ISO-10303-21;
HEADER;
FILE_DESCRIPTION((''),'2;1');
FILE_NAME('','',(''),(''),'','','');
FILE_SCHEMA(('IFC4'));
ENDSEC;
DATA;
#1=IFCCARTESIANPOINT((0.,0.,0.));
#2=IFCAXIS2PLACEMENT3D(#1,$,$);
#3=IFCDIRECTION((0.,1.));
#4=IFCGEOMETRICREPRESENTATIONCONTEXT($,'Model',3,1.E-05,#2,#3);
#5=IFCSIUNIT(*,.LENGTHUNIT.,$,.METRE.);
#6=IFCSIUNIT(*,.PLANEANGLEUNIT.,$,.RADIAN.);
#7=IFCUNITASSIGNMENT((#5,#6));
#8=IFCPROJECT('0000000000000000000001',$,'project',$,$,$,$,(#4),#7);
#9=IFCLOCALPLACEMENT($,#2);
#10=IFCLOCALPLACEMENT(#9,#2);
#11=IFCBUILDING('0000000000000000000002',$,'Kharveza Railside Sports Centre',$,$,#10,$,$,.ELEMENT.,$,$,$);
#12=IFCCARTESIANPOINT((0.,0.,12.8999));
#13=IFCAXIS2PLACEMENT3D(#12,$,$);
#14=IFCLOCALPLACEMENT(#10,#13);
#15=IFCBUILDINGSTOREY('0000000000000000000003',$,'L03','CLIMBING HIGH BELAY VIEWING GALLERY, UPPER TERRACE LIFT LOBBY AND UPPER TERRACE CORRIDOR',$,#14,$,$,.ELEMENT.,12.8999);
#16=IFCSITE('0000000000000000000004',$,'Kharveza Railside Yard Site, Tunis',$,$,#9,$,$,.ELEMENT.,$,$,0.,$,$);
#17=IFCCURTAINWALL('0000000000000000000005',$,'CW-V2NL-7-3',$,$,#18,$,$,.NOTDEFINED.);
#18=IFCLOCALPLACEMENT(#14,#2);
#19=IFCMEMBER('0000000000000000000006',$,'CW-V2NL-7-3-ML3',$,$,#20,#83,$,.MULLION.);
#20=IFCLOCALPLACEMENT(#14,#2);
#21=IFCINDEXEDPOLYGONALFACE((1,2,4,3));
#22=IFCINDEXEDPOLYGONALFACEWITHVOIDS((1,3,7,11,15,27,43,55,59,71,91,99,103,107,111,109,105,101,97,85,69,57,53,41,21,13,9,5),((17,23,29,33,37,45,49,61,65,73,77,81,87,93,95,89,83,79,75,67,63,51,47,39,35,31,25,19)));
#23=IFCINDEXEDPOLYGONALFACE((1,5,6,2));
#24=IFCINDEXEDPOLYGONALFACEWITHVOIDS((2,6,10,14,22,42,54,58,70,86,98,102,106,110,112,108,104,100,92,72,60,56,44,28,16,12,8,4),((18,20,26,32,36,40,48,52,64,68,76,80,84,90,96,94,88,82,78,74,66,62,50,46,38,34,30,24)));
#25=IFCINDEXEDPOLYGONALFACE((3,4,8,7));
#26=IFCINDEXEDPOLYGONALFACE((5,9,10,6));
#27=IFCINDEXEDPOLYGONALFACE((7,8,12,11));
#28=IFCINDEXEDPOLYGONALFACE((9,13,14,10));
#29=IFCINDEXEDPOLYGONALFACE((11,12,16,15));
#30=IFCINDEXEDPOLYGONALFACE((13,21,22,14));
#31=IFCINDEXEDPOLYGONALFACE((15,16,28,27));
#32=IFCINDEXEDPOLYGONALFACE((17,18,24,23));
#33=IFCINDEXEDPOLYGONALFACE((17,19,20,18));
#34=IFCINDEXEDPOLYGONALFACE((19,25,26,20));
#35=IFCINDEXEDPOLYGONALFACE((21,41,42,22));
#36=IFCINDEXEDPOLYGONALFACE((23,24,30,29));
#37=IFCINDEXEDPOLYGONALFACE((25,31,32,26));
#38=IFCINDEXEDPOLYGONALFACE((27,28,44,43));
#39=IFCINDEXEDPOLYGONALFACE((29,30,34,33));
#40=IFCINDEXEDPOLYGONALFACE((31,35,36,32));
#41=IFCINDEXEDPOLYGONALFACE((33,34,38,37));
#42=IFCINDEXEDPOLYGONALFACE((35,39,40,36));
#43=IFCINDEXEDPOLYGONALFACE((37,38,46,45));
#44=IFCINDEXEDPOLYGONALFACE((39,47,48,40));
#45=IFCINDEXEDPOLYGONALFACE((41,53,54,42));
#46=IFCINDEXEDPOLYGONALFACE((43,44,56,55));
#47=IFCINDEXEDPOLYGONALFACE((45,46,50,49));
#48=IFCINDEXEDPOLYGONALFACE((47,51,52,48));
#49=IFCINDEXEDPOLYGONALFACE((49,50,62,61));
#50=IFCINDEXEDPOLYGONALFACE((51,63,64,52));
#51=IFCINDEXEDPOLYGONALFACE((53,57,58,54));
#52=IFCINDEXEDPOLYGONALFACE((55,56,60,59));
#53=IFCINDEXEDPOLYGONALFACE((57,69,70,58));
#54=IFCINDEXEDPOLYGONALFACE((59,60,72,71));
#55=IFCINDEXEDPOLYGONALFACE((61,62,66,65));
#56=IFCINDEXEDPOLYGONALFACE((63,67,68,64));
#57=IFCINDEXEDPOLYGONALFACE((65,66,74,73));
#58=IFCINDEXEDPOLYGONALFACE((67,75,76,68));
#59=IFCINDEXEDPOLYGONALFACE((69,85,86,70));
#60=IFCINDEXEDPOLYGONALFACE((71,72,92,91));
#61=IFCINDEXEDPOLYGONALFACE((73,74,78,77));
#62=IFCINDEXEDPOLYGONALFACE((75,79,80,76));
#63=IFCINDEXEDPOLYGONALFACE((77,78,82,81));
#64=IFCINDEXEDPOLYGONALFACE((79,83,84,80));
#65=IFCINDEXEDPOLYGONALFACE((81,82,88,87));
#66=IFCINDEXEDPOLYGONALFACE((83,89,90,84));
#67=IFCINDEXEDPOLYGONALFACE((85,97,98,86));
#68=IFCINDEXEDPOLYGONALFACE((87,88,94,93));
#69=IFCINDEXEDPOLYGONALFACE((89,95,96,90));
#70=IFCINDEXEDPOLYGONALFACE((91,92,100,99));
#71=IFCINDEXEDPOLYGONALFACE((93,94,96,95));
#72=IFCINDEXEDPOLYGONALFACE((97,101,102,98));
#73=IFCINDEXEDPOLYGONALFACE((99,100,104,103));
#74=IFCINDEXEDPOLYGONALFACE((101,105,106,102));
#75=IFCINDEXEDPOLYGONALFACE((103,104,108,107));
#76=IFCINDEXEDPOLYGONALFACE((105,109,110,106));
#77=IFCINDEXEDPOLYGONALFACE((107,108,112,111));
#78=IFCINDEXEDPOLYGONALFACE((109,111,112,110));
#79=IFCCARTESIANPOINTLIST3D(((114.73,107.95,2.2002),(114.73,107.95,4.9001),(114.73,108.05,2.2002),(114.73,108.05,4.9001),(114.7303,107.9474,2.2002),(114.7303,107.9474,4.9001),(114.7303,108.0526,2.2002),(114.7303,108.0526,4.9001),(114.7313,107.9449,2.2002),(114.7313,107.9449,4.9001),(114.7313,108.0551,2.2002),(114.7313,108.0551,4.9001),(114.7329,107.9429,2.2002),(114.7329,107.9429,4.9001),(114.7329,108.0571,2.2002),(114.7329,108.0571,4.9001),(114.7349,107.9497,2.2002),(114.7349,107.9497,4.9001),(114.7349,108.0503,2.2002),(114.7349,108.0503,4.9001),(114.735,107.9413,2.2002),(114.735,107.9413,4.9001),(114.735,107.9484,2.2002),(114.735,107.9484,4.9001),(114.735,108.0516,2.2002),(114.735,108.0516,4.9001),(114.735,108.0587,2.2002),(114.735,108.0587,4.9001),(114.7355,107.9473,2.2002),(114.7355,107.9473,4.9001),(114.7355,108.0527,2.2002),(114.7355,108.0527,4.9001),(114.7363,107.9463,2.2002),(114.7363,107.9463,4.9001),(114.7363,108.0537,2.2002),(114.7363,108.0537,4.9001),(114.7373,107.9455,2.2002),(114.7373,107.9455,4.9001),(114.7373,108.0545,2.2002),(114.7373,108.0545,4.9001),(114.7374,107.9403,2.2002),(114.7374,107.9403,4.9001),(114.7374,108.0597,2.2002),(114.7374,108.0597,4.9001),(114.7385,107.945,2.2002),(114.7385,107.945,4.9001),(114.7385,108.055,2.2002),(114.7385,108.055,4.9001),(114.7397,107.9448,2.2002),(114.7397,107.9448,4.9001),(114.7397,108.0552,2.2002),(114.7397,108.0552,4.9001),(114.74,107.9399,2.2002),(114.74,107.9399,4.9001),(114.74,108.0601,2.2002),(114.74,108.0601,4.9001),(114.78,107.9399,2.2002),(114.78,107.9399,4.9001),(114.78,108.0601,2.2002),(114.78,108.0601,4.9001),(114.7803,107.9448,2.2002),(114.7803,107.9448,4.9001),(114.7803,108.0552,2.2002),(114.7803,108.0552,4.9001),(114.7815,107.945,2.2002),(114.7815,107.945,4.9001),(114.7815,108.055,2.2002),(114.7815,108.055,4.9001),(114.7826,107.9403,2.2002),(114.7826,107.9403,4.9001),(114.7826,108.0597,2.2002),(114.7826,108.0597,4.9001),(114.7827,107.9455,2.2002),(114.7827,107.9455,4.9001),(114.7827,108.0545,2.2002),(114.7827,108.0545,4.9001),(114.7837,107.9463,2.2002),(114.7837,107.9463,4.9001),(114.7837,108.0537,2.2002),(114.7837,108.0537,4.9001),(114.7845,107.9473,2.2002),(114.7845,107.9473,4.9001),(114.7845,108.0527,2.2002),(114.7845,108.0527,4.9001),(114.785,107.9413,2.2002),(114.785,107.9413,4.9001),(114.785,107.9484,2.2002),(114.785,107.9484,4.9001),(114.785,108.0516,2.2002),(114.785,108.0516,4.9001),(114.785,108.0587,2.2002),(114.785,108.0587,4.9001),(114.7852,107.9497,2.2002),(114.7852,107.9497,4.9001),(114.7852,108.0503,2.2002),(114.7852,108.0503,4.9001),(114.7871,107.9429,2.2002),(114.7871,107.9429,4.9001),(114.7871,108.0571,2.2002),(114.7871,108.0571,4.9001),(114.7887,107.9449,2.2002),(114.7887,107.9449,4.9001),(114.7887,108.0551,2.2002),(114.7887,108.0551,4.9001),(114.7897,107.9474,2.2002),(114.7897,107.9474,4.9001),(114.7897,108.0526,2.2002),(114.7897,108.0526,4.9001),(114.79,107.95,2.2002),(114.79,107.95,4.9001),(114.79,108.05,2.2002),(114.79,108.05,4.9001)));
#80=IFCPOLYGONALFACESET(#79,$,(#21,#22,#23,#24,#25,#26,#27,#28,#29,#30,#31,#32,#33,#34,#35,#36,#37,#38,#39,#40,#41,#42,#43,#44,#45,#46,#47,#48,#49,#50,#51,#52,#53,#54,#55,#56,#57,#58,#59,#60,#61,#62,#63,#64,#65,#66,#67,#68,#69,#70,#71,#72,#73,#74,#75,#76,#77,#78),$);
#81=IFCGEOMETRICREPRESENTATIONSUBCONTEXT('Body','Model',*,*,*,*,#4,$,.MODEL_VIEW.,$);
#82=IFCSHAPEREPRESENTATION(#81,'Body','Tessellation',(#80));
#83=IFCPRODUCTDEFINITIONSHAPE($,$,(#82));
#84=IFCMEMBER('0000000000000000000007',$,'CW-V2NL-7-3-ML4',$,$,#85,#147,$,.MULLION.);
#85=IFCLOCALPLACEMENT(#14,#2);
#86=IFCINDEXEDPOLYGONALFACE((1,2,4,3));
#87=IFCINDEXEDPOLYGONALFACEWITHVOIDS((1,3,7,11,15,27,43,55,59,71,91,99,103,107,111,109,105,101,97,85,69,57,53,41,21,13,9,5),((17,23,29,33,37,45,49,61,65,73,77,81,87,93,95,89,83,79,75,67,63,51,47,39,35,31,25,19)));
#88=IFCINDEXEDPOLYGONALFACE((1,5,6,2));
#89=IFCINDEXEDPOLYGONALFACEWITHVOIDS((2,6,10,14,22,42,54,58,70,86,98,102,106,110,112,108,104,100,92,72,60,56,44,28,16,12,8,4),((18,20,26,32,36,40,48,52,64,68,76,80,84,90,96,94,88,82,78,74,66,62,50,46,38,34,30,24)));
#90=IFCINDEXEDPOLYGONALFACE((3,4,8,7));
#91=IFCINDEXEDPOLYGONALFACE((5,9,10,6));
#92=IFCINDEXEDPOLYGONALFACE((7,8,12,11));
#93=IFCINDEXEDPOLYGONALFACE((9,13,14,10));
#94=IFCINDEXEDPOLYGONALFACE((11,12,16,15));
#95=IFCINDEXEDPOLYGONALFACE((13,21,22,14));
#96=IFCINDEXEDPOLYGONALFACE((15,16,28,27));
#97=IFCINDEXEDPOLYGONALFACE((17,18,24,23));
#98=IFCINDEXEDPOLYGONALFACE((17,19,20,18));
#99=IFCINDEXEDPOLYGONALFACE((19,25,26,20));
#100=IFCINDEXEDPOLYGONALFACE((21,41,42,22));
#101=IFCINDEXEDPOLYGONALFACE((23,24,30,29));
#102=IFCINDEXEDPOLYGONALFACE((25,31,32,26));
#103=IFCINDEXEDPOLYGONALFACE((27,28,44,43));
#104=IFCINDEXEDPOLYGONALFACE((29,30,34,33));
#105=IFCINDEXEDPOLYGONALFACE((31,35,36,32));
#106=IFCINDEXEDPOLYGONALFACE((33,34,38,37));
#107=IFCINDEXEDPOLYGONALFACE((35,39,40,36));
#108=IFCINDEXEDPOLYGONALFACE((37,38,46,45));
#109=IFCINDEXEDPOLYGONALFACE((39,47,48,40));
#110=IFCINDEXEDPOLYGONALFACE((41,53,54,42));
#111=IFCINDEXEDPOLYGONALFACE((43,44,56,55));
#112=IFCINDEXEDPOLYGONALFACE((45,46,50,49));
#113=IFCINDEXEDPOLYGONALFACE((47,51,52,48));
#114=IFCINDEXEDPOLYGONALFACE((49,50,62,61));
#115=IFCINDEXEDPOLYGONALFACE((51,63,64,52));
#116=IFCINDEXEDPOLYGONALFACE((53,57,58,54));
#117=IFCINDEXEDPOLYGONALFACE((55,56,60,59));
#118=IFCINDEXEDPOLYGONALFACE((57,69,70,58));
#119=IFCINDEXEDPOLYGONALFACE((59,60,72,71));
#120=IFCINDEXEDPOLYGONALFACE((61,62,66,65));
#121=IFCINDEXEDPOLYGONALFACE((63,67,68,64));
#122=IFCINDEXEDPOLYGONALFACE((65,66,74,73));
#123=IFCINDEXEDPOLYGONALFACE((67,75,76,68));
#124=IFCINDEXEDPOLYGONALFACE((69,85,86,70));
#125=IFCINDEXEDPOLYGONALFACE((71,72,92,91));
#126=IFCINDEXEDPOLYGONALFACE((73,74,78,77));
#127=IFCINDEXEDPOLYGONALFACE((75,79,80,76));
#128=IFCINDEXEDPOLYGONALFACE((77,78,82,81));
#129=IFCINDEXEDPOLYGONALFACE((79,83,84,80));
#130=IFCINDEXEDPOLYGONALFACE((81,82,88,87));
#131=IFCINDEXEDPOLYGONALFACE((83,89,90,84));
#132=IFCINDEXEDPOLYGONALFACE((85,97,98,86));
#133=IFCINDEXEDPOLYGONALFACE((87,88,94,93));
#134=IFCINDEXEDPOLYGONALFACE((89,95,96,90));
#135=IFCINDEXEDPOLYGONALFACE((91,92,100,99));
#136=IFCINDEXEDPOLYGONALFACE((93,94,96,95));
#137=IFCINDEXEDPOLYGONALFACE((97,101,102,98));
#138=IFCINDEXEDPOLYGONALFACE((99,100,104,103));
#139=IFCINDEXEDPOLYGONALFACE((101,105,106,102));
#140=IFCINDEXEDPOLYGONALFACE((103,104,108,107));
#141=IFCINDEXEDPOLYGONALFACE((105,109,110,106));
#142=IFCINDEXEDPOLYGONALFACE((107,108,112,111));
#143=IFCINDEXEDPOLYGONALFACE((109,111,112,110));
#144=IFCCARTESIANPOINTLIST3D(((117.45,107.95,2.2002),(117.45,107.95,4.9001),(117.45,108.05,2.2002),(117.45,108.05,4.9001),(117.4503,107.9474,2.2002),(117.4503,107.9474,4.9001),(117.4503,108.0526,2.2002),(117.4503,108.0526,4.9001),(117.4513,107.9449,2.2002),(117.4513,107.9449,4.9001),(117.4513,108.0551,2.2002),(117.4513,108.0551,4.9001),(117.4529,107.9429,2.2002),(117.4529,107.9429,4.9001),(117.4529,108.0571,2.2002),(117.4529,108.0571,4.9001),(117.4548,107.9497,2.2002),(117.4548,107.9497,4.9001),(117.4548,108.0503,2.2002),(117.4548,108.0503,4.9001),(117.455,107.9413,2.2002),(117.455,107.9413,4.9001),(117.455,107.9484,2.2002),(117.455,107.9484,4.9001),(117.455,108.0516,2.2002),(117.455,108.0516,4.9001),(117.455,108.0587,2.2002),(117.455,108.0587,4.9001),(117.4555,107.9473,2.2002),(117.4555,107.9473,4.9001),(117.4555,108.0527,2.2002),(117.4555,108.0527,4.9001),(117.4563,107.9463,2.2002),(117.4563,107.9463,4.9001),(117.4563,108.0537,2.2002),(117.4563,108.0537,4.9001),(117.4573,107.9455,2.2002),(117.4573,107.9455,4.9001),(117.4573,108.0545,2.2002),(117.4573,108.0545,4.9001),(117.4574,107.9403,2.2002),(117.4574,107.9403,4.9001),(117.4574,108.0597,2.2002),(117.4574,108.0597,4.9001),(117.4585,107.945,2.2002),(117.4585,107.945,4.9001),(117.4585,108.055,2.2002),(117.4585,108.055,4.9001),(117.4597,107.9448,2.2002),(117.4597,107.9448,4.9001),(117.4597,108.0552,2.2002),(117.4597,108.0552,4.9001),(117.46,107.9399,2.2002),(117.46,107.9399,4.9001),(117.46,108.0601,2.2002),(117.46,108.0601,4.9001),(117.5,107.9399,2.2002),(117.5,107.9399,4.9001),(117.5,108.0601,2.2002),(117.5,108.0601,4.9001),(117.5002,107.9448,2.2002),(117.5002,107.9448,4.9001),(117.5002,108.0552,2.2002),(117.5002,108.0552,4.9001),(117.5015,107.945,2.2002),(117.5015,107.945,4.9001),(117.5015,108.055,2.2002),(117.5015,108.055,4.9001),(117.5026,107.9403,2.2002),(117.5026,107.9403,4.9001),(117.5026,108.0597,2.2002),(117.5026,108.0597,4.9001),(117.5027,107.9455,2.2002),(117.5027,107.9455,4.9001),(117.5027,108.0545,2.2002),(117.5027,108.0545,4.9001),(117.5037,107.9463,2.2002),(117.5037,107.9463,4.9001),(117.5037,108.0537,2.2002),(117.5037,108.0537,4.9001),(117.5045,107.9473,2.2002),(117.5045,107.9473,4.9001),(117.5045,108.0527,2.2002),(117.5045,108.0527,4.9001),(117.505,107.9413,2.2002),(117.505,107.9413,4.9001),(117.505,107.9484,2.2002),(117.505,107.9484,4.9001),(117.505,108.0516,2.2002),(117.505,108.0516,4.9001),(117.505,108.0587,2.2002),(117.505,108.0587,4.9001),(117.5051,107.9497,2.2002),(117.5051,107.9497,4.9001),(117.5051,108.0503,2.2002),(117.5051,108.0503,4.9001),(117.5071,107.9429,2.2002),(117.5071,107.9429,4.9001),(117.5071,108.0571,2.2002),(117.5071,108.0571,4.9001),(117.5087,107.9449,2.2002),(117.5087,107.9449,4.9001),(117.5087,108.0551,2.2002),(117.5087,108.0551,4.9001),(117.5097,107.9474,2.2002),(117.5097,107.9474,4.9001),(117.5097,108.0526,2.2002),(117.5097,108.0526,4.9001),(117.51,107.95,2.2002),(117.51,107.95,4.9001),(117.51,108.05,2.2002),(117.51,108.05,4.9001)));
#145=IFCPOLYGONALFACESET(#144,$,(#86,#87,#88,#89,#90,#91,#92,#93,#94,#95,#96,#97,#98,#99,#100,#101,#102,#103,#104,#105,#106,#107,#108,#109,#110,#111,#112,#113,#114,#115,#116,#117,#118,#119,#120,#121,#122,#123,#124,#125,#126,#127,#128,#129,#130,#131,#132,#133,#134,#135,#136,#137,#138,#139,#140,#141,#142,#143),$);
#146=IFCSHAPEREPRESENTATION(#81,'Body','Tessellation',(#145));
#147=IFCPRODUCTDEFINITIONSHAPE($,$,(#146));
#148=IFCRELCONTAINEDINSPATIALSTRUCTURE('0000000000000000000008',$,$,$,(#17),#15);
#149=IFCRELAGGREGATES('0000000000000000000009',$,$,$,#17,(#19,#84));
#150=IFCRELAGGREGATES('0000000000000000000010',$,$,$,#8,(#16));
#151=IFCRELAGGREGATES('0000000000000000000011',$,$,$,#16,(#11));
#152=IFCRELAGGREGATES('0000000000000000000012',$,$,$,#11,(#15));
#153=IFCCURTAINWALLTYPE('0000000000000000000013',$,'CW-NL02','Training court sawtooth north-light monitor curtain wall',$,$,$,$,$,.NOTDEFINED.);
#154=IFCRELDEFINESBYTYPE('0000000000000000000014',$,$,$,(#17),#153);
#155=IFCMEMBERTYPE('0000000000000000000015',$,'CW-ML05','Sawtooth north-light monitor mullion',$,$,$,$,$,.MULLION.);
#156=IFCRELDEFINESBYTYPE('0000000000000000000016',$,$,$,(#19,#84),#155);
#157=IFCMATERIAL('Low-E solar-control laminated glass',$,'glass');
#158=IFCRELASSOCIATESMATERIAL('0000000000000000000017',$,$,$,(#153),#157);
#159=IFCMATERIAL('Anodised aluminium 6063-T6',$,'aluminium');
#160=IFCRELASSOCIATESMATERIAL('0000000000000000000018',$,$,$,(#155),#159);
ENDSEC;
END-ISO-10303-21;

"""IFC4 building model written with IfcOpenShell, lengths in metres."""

from ifc_helpers import new_model, si_unit, direction, frame, origin, origin_2d, place, context, subcontext, project, spatial, hollow_rectangle, extrude, material, material_profile, profile_set, type_object, element, aggregate, save


model = new_model("IFC4")

# Units and contexts
model_context = context("Model", 3, precision=1e-05, world=origin(), true_north=direction((0.0, 1.0)))
body_context = subcontext(model_context, "Body", "Model", "MODEL_VIEW")
ifc_project = project(units=[si_unit("LENGTHUNIT", "METRE"), si_unit("PLANEANGLEUNIT", "RADIAN")], contexts=[model_context])

# Site, building, storey
site_placement = place(None, origin())
site = spatial("IfcSite", under=ifc_project, at=site_placement, Name="Kharveza Railside Yard Site, Tunis", CompositionType="ELEMENT", RefElevation=0.0)
building_placement = place(site_placement, origin())
building = spatial("IfcBuilding", under=site, at=building_placement, Name="Kharveza Railside Sports Centre", CompositionType="ELEMENT")
storey_placement = place(building_placement, frame((0.0, 0.0, 12.8999)))
storey = spatial("IfcBuildingStorey", under=building, at=storey_placement, Name="L03", Description="CLIMBING HIGH BELAY VIEWING GALLERY, UPPER TERRACE LIFT LOBBY AND UPPER TERRACE CORRIDOR", CompositionType="ELEMENT", Elevation=12.8999)

# Curtain wall, members
ifc_material_1 = material(Name="Low-E solar-control laminated glass", Category="glass")
curtain_wall_type = type_object("IfcCurtainWallType", Name="CW-NL02", Description="Training court sawtooth north-light monitor curtain wall", PredefinedType="NOTDEFINED", material=ifc_material_1)
ifc_material_2 = material(Name="Anodised aluminium 6063-T6", Category="aluminium")
ifc_material_profile_1 = material_profile(ifc_material_2, hollow_rectangle(XDim=0.0601, YDim=0.1201, WallThickness=0.0049, InnerFilletRadius=0.0049, OuterFilletRadius=0.01, at=origin_2d()), Name="RHS 60x120x5.0")
ifc_profile_set_1 = profile_set([ifc_material_profile_1], Name="Anodised aluminium 6063-T6")
member_type_1 = type_object("IfcMemberType", Name="CW-ML05", Description="Sawtooth north-light monitor mullion", PredefinedType="MULLION", material=ifc_profile_set_1)
curtain_wall_1_placement = place(storey_placement, origin())
curtain_wall_1 = element("IfcCurtainWall", 1, at=curtain_wall_1_placement, inside=storey, type_object=curtain_wall_type, Name="CW-V2NL-7-3", PredefinedType="NOTDEFINED")
member_1_placement = place(storey_placement, frame((114.76, 108.0, 2.2002), z_axis=(0.0, 0.0, 1.0), x_axis=(1.0, 0.0, 0.0)))
member_1 = element("IfcMember", 2, at=member_1_placement, type_object=member_type_1, Name="CW-V2NL-7-3-ML3", PredefinedType="MULLION", context=body_context, shape_type="SweptSolid", body=[
    extrude(hollow_rectangle(XDim=0.0601, YDim=0.1201, WallThickness=0.0049, InnerFilletRadius=0.0049, OuterFilletRadius=0.01, at=origin_2d()), origin(), (0.0, 0.0, 1.0), 2.7),
])
member_2_placement = place(storey_placement, frame((117.48, 108.0, 2.2002), z_axis=(0.0, 0.0, 1.0), x_axis=(1.0, 0.0, 0.0)))
member_2 = element("IfcMember", 3, at=member_2_placement, type_object=member_type_1, Name="CW-V2NL-7-3-ML4", PredefinedType="MULLION", context=body_context, shape_type="SweptSolid", body=[
    extrude(hollow_rectangle(XDim=0.0601, YDim=0.1201, WallThickness=0.0049, InnerFilletRadius=0.0049, OuterFilletRadius=0.01, at=origin_2d()), origin(), (0.0, 0.0, 1.0), 2.7),
])

aggregate(curtain_wall_1, [member_1, member_2])

save(model, "model.ifc")
